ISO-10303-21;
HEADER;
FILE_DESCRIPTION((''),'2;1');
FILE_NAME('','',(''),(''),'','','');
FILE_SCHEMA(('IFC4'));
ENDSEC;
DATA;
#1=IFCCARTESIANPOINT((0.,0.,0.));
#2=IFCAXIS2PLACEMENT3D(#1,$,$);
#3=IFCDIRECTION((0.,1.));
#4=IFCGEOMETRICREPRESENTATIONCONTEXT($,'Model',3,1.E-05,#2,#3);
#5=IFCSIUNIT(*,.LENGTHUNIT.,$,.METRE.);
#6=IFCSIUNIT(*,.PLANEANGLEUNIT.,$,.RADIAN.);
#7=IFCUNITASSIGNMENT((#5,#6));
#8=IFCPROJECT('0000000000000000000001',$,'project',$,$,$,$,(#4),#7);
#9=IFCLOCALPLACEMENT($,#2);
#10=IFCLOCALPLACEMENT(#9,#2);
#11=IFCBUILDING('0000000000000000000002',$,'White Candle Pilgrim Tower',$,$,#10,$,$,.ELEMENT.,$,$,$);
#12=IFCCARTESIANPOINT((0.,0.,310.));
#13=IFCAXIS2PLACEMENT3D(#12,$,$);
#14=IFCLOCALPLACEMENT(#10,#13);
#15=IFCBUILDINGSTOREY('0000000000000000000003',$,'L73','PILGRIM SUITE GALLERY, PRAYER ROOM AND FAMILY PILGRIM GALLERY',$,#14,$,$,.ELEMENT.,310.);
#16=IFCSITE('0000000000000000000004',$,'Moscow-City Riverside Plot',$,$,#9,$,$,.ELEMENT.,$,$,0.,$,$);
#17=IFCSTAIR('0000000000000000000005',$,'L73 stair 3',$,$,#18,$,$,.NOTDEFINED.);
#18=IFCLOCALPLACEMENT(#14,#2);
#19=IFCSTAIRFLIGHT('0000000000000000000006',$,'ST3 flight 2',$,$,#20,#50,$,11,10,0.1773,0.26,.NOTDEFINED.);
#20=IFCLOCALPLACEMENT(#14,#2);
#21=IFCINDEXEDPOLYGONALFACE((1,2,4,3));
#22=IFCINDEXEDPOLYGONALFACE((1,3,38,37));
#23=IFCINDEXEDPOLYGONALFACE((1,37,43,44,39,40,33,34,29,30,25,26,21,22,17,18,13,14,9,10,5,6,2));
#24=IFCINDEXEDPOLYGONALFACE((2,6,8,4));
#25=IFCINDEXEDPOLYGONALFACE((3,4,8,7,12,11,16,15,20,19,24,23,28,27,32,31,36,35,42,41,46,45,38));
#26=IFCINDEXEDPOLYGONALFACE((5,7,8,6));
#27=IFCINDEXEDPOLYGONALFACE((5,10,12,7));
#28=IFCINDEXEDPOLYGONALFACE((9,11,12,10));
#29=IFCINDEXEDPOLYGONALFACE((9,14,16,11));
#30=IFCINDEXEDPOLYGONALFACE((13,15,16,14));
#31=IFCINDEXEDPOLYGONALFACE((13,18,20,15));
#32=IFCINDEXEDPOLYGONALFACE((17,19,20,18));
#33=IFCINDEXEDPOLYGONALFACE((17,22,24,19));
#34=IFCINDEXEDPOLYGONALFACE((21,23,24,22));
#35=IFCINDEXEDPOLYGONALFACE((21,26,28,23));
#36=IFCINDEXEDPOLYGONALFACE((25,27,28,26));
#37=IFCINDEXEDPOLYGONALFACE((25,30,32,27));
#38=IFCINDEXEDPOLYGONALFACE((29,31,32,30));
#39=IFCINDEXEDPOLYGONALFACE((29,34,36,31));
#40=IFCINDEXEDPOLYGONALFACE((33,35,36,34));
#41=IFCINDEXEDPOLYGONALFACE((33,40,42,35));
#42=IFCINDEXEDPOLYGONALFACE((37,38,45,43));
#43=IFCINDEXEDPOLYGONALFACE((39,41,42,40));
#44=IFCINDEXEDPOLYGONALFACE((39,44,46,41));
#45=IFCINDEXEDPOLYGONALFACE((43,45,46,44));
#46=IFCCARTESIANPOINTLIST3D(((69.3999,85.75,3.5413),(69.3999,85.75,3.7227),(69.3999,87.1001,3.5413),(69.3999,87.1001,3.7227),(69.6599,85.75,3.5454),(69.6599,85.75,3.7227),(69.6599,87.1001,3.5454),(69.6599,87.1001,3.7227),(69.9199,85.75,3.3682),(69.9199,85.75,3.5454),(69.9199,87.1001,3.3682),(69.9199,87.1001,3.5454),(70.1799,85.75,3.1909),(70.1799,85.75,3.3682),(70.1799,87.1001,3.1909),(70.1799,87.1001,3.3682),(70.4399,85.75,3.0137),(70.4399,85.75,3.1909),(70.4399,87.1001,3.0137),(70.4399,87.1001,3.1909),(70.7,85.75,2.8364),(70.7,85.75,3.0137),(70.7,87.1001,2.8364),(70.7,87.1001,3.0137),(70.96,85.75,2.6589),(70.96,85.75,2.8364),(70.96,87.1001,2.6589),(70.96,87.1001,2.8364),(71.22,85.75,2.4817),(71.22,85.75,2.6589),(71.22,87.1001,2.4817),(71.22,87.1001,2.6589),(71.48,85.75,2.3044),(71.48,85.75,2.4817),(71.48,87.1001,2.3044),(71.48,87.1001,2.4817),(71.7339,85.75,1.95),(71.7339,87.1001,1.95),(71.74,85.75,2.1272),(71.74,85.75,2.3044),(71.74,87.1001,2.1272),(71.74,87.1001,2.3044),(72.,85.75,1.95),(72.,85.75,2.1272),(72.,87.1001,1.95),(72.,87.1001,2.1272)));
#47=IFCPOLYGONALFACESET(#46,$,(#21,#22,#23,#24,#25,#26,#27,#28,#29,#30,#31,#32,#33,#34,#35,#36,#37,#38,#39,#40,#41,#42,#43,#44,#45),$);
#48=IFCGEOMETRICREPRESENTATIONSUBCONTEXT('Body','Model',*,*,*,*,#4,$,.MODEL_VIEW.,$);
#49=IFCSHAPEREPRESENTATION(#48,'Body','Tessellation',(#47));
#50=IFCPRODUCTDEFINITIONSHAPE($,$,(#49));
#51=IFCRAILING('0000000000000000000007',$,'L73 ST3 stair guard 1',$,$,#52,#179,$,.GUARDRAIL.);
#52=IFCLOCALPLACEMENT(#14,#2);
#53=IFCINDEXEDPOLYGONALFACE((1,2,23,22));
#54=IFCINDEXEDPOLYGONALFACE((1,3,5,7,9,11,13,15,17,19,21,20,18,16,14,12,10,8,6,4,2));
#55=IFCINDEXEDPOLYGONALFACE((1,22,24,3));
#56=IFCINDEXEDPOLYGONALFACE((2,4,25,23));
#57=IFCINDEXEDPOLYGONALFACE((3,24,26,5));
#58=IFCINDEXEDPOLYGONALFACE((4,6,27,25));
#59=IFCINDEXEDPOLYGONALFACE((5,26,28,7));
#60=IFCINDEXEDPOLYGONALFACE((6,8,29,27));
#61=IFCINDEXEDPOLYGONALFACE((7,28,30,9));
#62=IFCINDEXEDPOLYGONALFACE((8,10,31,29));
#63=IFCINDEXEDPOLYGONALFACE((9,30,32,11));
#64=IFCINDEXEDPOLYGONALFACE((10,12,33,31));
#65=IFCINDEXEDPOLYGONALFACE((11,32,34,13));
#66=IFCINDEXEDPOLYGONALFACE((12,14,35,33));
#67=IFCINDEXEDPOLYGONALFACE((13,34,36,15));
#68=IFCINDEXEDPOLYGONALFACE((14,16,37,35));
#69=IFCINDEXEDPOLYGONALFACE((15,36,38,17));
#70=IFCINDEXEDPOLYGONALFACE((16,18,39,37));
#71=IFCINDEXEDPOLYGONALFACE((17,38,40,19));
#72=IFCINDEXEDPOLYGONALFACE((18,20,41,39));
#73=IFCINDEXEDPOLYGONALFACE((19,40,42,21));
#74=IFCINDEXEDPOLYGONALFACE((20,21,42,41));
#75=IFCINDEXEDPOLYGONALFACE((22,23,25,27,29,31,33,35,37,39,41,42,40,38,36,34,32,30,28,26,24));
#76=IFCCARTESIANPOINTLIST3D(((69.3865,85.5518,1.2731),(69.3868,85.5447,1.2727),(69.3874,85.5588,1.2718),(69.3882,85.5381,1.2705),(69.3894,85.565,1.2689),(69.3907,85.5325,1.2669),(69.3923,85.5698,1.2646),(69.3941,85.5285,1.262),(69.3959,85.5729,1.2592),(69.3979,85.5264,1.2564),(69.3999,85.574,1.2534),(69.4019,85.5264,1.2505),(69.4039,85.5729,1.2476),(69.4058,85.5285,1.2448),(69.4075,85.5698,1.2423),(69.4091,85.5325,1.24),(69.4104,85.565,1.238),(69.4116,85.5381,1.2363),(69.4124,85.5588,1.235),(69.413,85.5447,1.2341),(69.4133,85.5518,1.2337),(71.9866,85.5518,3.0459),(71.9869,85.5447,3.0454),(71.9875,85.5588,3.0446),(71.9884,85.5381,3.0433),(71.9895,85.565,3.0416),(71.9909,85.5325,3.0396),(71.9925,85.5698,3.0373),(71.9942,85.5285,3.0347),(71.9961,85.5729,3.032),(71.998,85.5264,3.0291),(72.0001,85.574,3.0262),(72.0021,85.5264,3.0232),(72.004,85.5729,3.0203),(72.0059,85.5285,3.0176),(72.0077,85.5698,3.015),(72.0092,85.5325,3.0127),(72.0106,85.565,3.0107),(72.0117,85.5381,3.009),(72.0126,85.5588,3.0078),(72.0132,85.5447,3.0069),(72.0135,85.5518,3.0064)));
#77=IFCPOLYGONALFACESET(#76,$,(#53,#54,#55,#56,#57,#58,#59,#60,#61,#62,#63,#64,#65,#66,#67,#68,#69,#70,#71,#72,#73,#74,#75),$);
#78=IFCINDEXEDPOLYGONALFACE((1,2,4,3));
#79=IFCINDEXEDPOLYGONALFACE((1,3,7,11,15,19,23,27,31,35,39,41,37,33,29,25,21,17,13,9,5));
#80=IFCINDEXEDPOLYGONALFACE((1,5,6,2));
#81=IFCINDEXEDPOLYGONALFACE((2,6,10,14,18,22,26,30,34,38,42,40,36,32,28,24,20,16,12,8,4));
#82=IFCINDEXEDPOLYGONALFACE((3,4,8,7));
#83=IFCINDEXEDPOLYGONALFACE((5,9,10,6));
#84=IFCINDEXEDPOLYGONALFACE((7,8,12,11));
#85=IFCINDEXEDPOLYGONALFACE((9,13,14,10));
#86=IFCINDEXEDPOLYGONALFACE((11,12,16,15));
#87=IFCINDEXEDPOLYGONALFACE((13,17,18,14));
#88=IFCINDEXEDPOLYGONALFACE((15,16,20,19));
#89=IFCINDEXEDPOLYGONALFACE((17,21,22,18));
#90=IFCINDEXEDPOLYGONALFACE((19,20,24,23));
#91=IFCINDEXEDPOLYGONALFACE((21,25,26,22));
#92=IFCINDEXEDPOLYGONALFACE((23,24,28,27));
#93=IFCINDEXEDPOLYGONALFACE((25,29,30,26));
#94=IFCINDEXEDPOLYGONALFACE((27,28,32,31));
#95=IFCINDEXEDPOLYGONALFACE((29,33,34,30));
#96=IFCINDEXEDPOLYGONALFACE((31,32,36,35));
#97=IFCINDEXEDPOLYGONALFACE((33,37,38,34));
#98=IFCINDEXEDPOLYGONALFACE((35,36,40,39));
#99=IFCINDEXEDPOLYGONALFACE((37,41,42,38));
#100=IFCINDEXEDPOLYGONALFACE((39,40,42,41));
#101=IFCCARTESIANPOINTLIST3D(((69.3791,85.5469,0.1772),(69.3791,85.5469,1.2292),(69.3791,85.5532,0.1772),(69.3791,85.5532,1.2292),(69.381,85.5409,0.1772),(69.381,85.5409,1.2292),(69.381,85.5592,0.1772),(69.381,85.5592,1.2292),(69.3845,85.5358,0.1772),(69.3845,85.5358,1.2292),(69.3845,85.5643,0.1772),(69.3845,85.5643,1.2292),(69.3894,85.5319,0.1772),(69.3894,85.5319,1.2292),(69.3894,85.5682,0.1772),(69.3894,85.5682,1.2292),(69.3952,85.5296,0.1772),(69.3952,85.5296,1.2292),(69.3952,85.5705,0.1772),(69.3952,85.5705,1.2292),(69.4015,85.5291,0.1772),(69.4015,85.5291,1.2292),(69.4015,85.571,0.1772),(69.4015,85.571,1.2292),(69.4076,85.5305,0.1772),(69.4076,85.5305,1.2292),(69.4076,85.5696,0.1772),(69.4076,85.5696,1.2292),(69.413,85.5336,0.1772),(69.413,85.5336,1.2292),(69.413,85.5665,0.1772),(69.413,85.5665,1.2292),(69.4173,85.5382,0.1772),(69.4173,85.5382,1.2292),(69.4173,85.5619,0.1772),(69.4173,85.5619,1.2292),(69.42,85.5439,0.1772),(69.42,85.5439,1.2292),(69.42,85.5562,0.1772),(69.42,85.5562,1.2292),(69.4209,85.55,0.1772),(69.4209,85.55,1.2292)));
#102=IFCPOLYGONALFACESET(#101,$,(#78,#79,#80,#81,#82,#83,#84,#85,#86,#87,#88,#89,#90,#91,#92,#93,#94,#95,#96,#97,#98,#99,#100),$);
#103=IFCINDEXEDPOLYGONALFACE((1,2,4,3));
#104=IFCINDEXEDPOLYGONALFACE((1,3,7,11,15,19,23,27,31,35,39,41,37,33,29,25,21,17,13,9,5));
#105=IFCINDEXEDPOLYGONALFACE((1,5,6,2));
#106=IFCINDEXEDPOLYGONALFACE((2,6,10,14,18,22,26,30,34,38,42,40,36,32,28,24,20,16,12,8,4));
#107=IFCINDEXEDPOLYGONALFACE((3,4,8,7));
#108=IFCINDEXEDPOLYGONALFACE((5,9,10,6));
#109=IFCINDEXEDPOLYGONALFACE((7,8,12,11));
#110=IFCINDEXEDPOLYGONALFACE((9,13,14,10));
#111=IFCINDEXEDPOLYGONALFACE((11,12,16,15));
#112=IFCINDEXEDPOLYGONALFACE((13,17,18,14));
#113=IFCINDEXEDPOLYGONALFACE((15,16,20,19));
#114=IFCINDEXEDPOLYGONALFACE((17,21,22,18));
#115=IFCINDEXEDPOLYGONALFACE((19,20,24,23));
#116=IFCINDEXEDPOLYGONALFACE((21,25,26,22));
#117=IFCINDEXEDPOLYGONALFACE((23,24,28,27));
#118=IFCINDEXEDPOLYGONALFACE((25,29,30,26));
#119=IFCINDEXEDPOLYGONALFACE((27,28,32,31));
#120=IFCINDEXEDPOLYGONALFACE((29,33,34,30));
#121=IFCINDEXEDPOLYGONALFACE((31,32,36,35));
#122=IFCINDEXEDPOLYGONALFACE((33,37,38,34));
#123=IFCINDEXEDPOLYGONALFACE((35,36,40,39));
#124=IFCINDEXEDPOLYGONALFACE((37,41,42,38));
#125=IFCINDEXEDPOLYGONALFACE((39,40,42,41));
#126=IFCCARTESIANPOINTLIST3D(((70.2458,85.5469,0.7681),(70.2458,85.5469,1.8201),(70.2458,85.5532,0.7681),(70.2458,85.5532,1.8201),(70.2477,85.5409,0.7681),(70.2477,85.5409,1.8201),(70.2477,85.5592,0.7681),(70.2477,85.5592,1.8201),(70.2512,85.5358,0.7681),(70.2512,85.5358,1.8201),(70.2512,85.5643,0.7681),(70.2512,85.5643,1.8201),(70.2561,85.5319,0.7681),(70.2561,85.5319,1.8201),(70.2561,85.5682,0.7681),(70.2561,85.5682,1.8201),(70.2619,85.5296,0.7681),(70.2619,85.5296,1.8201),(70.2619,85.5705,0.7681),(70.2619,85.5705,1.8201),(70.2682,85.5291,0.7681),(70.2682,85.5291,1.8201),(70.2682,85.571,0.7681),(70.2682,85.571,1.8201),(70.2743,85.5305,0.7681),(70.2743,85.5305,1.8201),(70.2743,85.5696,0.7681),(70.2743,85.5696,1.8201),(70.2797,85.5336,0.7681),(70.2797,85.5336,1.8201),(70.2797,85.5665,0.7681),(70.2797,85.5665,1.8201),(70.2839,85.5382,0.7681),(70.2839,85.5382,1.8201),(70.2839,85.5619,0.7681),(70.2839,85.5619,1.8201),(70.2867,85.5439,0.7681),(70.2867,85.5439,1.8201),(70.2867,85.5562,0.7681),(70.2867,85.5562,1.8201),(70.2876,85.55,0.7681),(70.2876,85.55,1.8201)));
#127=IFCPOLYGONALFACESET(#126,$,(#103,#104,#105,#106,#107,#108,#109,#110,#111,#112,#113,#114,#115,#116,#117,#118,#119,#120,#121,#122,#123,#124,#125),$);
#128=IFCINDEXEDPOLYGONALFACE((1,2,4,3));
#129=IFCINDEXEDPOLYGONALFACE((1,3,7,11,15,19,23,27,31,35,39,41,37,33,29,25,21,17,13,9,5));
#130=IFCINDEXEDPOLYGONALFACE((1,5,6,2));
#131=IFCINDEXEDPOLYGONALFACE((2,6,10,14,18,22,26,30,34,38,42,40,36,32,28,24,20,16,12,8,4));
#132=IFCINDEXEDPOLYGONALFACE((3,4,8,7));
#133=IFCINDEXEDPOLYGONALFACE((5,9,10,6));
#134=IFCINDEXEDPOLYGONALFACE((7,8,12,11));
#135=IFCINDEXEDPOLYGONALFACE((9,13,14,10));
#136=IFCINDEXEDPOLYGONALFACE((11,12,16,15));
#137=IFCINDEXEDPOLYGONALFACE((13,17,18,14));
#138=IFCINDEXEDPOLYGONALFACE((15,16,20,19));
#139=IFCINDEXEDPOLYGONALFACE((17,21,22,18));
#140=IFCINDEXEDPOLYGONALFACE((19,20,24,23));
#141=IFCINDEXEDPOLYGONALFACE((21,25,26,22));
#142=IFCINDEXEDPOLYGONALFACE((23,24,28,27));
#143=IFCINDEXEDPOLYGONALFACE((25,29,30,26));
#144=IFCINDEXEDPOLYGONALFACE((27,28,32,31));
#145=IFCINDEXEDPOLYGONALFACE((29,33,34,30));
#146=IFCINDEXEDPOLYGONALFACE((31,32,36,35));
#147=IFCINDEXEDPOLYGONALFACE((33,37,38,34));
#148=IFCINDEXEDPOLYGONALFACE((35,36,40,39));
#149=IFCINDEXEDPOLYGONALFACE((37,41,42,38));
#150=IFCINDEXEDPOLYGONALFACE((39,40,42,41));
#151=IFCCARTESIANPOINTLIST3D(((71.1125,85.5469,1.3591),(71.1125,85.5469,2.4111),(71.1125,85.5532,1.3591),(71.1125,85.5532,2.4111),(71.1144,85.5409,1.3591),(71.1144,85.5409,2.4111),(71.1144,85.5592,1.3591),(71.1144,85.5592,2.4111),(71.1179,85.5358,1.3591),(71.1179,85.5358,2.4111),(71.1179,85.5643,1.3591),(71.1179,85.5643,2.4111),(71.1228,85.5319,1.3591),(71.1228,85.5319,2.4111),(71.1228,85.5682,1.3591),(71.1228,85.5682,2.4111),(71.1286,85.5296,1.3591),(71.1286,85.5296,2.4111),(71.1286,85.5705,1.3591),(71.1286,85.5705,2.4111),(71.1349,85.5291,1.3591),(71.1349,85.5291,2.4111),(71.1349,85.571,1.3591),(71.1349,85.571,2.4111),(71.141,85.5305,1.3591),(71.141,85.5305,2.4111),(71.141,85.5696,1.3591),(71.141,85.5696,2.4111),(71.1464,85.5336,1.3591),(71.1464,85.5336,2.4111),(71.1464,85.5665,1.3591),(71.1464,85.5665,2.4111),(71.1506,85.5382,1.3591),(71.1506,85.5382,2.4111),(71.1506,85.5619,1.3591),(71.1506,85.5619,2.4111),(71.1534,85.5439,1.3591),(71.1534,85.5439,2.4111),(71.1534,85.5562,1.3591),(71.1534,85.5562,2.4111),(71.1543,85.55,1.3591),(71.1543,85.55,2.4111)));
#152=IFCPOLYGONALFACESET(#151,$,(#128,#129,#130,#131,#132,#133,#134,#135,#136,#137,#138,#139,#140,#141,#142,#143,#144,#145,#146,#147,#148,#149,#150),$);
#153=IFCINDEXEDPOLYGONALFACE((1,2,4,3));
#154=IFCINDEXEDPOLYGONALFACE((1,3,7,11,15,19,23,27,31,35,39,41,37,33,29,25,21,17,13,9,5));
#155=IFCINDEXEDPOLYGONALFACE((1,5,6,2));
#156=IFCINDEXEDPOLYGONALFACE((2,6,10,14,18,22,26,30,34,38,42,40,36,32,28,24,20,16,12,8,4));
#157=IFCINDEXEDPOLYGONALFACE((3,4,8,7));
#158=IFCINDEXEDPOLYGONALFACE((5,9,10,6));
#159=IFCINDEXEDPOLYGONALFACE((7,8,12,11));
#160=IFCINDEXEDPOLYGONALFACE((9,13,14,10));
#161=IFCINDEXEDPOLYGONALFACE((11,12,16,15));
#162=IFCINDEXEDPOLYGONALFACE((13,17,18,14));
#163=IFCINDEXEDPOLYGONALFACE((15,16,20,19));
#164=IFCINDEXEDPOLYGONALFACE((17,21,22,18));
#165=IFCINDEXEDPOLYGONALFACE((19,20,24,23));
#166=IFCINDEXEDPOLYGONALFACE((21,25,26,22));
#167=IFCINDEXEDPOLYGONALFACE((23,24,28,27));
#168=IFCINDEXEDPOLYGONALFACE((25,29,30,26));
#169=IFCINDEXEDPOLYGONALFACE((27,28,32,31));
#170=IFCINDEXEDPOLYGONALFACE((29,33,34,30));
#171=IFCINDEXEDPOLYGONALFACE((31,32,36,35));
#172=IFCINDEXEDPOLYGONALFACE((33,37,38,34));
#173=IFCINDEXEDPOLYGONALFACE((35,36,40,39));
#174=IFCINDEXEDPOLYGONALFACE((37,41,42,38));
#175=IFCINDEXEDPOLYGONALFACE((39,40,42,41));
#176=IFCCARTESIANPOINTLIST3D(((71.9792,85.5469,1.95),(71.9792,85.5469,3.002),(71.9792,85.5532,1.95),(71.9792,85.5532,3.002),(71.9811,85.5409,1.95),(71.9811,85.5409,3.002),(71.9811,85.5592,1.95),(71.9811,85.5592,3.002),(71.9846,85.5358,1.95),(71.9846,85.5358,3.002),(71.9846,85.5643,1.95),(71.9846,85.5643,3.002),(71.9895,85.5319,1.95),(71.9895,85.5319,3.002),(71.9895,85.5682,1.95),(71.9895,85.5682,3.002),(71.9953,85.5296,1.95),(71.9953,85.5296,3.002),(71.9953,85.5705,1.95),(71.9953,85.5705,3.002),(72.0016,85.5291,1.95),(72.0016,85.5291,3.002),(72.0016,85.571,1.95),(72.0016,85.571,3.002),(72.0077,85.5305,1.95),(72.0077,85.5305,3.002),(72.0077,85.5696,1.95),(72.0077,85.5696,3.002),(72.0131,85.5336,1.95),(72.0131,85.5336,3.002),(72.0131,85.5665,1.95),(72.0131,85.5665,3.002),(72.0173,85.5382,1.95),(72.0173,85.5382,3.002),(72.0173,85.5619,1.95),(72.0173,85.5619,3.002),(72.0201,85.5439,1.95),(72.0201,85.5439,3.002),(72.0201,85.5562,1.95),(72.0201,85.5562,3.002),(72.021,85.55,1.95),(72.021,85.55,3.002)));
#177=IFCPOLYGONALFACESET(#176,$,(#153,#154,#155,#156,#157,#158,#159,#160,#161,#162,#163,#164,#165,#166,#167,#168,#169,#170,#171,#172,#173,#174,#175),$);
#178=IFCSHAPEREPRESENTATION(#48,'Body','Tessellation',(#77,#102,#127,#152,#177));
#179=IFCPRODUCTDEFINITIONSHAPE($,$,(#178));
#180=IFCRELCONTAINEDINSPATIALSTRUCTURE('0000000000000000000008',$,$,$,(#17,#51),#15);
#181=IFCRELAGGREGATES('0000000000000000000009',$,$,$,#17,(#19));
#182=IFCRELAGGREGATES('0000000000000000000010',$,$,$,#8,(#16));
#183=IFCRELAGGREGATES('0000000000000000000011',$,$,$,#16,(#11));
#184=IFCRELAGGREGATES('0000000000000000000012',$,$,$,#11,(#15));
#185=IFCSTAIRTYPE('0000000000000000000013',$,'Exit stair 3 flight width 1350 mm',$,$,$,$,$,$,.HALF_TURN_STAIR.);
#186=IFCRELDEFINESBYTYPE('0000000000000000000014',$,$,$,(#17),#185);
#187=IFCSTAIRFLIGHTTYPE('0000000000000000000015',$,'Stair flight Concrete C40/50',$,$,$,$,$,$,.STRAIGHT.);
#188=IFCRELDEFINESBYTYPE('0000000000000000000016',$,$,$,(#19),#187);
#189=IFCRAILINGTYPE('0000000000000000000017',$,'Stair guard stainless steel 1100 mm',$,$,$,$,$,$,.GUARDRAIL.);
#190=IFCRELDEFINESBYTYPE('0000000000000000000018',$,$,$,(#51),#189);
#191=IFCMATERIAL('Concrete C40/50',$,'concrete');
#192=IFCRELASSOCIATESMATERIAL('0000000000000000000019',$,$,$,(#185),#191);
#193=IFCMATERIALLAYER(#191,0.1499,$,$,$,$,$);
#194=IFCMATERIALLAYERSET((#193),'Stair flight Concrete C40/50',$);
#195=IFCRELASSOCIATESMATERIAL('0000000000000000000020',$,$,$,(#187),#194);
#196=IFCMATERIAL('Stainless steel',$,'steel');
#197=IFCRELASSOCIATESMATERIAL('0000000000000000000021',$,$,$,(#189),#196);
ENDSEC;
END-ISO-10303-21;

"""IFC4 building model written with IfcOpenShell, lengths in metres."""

from ifc_helpers import new_model, si_unit, direction, frame, origin, origin_2d, place, context, subcontext, project, spatial, polyline, circle, outline, extrude, material, layer, layer_set, type_object, element, aggregate, save


model = new_model("IFC4")

# Units and contexts
model_context = context("Model", 3, precision=1e-05, world=origin(), true_north=direction((0.0, 1.0)))
body_context = subcontext(model_context, "Body", "Model", "MODEL_VIEW")
ifc_project = project(units=[si_unit("LENGTHUNIT", "METRE"), si_unit("PLANEANGLEUNIT", "RADIAN")], contexts=[model_context])

# Site, building, storey
site_placement = place(None, origin())
site = spatial("IfcSite", under=ifc_project, at=site_placement, Name="Moscow-City Riverside Plot", CompositionType="ELEMENT", RefElevation=0.0)
building_placement = place(site_placement, origin())
building = spatial("IfcBuilding", under=site, at=building_placement, Name="White Candle Pilgrim Tower", CompositionType="ELEMENT")
storey_placement = place(building_placement, frame((0.0, 0.0, 310.0)))
storey = spatial("IfcBuildingStorey", under=building, at=storey_placement, Name="L73", Description="PILGRIM SUITE GALLERY, PRAYER ROOM AND FAMILY PILGRIM GALLERY", CompositionType="ELEMENT", Elevation=310.0)

# Shared definitions
ifc_material_1 = material(Name="Concrete C40/50", Category="concrete")

# Stair, stair flight
stair_type = type_object("IfcStairType", Name="Exit stair 3 flight width 1350 mm", PredefinedType="HALF_TURN_STAIR", material=ifc_material_1)
stair_placement = place(storey_placement, origin())
stair = element("IfcStair", 1, at=stair_placement, inside=storey, type_object=stair_type, Name="L73 stair 3", PredefinedType="NOTDEFINED")
ifc_layer_1 = layer(ifc_material_1, 0.1499)
ifc_layer_set_1 = layer_set([ifc_layer_1], Name="Stair flight Concrete C40/50")
stair_flight_type = type_object("IfcStairFlightType", Name="Stair flight Concrete C40/50", PredefinedType="STRAIGHT", material=ifc_layer_set_1)
stair_flight_1_placement = place(storey_placement, frame((72.0, 86.425, 1.95), z_axis=(0.0, 0.0, 1.0), x_axis=(-1.0, 0.0, 0.0)))
stair_flight_1 = element("IfcStairFlight", 2, at=stair_flight_1_placement, type_object=stair_flight_type, Name="ST3 flight 2", NumberOfRisers=11, NumberOfTreads=10, PredefinedType="NOTDEFINED", RiserHeight=0.1773, TreadLength=0.26, context=body_context, shape_type="SweptSolid", body=[
    extrude(outline(polyline([(0.0, 0.0), (0.0, 0.1772), (0.26, 0.1772), (0.26, 0.3545), (0.52, 0.3545), (0.52, 0.5317), (0.78, 0.5317), (0.78, 0.709), (1.04, 0.709), (1.04, 0.8865), (1.3, 0.8865), (1.3, 1.0637), (1.5601, 1.0637), (1.5601, 1.241), (1.8201, 1.241), (1.8201, 1.4182), (2.0801, 1.4182), (2.0801, 1.5955), (2.3401, 1.5955), (2.3401, 1.7727), (2.6001, 1.7727), (2.6001, 1.95), (2.6001, 1.5913), (0.2661, 0.0), (0.0, 0.0)])), frame((0.0, 0.675, 0.0), z_axis=(0.0, -1.0, 0.0), x_axis=(1.0, 0.0, 0.0)), (0.0, 0.0, 1.0), 1.3501),
])
aggregate(stair, [stair_flight_1])

# Railing
ifc_material_2 = material(Name="Stainless steel", Category="steel")
railing_type_1 = type_object("IfcRailingType", Name="Stair guard stainless steel 1100 mm", PredefinedType="GUARDRAIL", material=ifc_material_2)
railing_1_placement = place(storey_placement, frame((69.3999, 85.55, 0.1772)))
element("IfcRailing", 3, at=railing_1_placement, inside=storey, type_object=railing_type_1, Name="L73 ST3 stair guard 1", PredefinedType="GUARDRAIL", context=body_context, shape_type="SweptSolid", body=[
    extrude(circle(Radius=0.0239, at=origin_2d()), frame((0.0, 0.0, 1.0762), z_axis=(0.82624, 0.0, 0.563318), x_axis=(0.0, 1.0, 0.0)), (0.0, 0.0, 1.0), 3.147),
    extrude(circle(Radius=0.021, at=origin_2d()), origin(), (0.0, 0.0, 1.0), 1.052),
    extrude(circle(Radius=0.021, at=origin_2d()), frame((0.8667, 0.0, 0.5908)), (0.0, 0.0, 1.0), 1.052),
    extrude(circle(Radius=0.021, at=origin_2d()), frame((1.7334, 0.0, 1.1819)), (0.0, 0.0, 1.0), 1.052),
    extrude(circle(Radius=0.021, at=origin_2d()), frame((2.6001, 0.0, 1.7727)), (0.0, 0.0, 1.0), 1.052),
])

save(model, "model.ifc")
